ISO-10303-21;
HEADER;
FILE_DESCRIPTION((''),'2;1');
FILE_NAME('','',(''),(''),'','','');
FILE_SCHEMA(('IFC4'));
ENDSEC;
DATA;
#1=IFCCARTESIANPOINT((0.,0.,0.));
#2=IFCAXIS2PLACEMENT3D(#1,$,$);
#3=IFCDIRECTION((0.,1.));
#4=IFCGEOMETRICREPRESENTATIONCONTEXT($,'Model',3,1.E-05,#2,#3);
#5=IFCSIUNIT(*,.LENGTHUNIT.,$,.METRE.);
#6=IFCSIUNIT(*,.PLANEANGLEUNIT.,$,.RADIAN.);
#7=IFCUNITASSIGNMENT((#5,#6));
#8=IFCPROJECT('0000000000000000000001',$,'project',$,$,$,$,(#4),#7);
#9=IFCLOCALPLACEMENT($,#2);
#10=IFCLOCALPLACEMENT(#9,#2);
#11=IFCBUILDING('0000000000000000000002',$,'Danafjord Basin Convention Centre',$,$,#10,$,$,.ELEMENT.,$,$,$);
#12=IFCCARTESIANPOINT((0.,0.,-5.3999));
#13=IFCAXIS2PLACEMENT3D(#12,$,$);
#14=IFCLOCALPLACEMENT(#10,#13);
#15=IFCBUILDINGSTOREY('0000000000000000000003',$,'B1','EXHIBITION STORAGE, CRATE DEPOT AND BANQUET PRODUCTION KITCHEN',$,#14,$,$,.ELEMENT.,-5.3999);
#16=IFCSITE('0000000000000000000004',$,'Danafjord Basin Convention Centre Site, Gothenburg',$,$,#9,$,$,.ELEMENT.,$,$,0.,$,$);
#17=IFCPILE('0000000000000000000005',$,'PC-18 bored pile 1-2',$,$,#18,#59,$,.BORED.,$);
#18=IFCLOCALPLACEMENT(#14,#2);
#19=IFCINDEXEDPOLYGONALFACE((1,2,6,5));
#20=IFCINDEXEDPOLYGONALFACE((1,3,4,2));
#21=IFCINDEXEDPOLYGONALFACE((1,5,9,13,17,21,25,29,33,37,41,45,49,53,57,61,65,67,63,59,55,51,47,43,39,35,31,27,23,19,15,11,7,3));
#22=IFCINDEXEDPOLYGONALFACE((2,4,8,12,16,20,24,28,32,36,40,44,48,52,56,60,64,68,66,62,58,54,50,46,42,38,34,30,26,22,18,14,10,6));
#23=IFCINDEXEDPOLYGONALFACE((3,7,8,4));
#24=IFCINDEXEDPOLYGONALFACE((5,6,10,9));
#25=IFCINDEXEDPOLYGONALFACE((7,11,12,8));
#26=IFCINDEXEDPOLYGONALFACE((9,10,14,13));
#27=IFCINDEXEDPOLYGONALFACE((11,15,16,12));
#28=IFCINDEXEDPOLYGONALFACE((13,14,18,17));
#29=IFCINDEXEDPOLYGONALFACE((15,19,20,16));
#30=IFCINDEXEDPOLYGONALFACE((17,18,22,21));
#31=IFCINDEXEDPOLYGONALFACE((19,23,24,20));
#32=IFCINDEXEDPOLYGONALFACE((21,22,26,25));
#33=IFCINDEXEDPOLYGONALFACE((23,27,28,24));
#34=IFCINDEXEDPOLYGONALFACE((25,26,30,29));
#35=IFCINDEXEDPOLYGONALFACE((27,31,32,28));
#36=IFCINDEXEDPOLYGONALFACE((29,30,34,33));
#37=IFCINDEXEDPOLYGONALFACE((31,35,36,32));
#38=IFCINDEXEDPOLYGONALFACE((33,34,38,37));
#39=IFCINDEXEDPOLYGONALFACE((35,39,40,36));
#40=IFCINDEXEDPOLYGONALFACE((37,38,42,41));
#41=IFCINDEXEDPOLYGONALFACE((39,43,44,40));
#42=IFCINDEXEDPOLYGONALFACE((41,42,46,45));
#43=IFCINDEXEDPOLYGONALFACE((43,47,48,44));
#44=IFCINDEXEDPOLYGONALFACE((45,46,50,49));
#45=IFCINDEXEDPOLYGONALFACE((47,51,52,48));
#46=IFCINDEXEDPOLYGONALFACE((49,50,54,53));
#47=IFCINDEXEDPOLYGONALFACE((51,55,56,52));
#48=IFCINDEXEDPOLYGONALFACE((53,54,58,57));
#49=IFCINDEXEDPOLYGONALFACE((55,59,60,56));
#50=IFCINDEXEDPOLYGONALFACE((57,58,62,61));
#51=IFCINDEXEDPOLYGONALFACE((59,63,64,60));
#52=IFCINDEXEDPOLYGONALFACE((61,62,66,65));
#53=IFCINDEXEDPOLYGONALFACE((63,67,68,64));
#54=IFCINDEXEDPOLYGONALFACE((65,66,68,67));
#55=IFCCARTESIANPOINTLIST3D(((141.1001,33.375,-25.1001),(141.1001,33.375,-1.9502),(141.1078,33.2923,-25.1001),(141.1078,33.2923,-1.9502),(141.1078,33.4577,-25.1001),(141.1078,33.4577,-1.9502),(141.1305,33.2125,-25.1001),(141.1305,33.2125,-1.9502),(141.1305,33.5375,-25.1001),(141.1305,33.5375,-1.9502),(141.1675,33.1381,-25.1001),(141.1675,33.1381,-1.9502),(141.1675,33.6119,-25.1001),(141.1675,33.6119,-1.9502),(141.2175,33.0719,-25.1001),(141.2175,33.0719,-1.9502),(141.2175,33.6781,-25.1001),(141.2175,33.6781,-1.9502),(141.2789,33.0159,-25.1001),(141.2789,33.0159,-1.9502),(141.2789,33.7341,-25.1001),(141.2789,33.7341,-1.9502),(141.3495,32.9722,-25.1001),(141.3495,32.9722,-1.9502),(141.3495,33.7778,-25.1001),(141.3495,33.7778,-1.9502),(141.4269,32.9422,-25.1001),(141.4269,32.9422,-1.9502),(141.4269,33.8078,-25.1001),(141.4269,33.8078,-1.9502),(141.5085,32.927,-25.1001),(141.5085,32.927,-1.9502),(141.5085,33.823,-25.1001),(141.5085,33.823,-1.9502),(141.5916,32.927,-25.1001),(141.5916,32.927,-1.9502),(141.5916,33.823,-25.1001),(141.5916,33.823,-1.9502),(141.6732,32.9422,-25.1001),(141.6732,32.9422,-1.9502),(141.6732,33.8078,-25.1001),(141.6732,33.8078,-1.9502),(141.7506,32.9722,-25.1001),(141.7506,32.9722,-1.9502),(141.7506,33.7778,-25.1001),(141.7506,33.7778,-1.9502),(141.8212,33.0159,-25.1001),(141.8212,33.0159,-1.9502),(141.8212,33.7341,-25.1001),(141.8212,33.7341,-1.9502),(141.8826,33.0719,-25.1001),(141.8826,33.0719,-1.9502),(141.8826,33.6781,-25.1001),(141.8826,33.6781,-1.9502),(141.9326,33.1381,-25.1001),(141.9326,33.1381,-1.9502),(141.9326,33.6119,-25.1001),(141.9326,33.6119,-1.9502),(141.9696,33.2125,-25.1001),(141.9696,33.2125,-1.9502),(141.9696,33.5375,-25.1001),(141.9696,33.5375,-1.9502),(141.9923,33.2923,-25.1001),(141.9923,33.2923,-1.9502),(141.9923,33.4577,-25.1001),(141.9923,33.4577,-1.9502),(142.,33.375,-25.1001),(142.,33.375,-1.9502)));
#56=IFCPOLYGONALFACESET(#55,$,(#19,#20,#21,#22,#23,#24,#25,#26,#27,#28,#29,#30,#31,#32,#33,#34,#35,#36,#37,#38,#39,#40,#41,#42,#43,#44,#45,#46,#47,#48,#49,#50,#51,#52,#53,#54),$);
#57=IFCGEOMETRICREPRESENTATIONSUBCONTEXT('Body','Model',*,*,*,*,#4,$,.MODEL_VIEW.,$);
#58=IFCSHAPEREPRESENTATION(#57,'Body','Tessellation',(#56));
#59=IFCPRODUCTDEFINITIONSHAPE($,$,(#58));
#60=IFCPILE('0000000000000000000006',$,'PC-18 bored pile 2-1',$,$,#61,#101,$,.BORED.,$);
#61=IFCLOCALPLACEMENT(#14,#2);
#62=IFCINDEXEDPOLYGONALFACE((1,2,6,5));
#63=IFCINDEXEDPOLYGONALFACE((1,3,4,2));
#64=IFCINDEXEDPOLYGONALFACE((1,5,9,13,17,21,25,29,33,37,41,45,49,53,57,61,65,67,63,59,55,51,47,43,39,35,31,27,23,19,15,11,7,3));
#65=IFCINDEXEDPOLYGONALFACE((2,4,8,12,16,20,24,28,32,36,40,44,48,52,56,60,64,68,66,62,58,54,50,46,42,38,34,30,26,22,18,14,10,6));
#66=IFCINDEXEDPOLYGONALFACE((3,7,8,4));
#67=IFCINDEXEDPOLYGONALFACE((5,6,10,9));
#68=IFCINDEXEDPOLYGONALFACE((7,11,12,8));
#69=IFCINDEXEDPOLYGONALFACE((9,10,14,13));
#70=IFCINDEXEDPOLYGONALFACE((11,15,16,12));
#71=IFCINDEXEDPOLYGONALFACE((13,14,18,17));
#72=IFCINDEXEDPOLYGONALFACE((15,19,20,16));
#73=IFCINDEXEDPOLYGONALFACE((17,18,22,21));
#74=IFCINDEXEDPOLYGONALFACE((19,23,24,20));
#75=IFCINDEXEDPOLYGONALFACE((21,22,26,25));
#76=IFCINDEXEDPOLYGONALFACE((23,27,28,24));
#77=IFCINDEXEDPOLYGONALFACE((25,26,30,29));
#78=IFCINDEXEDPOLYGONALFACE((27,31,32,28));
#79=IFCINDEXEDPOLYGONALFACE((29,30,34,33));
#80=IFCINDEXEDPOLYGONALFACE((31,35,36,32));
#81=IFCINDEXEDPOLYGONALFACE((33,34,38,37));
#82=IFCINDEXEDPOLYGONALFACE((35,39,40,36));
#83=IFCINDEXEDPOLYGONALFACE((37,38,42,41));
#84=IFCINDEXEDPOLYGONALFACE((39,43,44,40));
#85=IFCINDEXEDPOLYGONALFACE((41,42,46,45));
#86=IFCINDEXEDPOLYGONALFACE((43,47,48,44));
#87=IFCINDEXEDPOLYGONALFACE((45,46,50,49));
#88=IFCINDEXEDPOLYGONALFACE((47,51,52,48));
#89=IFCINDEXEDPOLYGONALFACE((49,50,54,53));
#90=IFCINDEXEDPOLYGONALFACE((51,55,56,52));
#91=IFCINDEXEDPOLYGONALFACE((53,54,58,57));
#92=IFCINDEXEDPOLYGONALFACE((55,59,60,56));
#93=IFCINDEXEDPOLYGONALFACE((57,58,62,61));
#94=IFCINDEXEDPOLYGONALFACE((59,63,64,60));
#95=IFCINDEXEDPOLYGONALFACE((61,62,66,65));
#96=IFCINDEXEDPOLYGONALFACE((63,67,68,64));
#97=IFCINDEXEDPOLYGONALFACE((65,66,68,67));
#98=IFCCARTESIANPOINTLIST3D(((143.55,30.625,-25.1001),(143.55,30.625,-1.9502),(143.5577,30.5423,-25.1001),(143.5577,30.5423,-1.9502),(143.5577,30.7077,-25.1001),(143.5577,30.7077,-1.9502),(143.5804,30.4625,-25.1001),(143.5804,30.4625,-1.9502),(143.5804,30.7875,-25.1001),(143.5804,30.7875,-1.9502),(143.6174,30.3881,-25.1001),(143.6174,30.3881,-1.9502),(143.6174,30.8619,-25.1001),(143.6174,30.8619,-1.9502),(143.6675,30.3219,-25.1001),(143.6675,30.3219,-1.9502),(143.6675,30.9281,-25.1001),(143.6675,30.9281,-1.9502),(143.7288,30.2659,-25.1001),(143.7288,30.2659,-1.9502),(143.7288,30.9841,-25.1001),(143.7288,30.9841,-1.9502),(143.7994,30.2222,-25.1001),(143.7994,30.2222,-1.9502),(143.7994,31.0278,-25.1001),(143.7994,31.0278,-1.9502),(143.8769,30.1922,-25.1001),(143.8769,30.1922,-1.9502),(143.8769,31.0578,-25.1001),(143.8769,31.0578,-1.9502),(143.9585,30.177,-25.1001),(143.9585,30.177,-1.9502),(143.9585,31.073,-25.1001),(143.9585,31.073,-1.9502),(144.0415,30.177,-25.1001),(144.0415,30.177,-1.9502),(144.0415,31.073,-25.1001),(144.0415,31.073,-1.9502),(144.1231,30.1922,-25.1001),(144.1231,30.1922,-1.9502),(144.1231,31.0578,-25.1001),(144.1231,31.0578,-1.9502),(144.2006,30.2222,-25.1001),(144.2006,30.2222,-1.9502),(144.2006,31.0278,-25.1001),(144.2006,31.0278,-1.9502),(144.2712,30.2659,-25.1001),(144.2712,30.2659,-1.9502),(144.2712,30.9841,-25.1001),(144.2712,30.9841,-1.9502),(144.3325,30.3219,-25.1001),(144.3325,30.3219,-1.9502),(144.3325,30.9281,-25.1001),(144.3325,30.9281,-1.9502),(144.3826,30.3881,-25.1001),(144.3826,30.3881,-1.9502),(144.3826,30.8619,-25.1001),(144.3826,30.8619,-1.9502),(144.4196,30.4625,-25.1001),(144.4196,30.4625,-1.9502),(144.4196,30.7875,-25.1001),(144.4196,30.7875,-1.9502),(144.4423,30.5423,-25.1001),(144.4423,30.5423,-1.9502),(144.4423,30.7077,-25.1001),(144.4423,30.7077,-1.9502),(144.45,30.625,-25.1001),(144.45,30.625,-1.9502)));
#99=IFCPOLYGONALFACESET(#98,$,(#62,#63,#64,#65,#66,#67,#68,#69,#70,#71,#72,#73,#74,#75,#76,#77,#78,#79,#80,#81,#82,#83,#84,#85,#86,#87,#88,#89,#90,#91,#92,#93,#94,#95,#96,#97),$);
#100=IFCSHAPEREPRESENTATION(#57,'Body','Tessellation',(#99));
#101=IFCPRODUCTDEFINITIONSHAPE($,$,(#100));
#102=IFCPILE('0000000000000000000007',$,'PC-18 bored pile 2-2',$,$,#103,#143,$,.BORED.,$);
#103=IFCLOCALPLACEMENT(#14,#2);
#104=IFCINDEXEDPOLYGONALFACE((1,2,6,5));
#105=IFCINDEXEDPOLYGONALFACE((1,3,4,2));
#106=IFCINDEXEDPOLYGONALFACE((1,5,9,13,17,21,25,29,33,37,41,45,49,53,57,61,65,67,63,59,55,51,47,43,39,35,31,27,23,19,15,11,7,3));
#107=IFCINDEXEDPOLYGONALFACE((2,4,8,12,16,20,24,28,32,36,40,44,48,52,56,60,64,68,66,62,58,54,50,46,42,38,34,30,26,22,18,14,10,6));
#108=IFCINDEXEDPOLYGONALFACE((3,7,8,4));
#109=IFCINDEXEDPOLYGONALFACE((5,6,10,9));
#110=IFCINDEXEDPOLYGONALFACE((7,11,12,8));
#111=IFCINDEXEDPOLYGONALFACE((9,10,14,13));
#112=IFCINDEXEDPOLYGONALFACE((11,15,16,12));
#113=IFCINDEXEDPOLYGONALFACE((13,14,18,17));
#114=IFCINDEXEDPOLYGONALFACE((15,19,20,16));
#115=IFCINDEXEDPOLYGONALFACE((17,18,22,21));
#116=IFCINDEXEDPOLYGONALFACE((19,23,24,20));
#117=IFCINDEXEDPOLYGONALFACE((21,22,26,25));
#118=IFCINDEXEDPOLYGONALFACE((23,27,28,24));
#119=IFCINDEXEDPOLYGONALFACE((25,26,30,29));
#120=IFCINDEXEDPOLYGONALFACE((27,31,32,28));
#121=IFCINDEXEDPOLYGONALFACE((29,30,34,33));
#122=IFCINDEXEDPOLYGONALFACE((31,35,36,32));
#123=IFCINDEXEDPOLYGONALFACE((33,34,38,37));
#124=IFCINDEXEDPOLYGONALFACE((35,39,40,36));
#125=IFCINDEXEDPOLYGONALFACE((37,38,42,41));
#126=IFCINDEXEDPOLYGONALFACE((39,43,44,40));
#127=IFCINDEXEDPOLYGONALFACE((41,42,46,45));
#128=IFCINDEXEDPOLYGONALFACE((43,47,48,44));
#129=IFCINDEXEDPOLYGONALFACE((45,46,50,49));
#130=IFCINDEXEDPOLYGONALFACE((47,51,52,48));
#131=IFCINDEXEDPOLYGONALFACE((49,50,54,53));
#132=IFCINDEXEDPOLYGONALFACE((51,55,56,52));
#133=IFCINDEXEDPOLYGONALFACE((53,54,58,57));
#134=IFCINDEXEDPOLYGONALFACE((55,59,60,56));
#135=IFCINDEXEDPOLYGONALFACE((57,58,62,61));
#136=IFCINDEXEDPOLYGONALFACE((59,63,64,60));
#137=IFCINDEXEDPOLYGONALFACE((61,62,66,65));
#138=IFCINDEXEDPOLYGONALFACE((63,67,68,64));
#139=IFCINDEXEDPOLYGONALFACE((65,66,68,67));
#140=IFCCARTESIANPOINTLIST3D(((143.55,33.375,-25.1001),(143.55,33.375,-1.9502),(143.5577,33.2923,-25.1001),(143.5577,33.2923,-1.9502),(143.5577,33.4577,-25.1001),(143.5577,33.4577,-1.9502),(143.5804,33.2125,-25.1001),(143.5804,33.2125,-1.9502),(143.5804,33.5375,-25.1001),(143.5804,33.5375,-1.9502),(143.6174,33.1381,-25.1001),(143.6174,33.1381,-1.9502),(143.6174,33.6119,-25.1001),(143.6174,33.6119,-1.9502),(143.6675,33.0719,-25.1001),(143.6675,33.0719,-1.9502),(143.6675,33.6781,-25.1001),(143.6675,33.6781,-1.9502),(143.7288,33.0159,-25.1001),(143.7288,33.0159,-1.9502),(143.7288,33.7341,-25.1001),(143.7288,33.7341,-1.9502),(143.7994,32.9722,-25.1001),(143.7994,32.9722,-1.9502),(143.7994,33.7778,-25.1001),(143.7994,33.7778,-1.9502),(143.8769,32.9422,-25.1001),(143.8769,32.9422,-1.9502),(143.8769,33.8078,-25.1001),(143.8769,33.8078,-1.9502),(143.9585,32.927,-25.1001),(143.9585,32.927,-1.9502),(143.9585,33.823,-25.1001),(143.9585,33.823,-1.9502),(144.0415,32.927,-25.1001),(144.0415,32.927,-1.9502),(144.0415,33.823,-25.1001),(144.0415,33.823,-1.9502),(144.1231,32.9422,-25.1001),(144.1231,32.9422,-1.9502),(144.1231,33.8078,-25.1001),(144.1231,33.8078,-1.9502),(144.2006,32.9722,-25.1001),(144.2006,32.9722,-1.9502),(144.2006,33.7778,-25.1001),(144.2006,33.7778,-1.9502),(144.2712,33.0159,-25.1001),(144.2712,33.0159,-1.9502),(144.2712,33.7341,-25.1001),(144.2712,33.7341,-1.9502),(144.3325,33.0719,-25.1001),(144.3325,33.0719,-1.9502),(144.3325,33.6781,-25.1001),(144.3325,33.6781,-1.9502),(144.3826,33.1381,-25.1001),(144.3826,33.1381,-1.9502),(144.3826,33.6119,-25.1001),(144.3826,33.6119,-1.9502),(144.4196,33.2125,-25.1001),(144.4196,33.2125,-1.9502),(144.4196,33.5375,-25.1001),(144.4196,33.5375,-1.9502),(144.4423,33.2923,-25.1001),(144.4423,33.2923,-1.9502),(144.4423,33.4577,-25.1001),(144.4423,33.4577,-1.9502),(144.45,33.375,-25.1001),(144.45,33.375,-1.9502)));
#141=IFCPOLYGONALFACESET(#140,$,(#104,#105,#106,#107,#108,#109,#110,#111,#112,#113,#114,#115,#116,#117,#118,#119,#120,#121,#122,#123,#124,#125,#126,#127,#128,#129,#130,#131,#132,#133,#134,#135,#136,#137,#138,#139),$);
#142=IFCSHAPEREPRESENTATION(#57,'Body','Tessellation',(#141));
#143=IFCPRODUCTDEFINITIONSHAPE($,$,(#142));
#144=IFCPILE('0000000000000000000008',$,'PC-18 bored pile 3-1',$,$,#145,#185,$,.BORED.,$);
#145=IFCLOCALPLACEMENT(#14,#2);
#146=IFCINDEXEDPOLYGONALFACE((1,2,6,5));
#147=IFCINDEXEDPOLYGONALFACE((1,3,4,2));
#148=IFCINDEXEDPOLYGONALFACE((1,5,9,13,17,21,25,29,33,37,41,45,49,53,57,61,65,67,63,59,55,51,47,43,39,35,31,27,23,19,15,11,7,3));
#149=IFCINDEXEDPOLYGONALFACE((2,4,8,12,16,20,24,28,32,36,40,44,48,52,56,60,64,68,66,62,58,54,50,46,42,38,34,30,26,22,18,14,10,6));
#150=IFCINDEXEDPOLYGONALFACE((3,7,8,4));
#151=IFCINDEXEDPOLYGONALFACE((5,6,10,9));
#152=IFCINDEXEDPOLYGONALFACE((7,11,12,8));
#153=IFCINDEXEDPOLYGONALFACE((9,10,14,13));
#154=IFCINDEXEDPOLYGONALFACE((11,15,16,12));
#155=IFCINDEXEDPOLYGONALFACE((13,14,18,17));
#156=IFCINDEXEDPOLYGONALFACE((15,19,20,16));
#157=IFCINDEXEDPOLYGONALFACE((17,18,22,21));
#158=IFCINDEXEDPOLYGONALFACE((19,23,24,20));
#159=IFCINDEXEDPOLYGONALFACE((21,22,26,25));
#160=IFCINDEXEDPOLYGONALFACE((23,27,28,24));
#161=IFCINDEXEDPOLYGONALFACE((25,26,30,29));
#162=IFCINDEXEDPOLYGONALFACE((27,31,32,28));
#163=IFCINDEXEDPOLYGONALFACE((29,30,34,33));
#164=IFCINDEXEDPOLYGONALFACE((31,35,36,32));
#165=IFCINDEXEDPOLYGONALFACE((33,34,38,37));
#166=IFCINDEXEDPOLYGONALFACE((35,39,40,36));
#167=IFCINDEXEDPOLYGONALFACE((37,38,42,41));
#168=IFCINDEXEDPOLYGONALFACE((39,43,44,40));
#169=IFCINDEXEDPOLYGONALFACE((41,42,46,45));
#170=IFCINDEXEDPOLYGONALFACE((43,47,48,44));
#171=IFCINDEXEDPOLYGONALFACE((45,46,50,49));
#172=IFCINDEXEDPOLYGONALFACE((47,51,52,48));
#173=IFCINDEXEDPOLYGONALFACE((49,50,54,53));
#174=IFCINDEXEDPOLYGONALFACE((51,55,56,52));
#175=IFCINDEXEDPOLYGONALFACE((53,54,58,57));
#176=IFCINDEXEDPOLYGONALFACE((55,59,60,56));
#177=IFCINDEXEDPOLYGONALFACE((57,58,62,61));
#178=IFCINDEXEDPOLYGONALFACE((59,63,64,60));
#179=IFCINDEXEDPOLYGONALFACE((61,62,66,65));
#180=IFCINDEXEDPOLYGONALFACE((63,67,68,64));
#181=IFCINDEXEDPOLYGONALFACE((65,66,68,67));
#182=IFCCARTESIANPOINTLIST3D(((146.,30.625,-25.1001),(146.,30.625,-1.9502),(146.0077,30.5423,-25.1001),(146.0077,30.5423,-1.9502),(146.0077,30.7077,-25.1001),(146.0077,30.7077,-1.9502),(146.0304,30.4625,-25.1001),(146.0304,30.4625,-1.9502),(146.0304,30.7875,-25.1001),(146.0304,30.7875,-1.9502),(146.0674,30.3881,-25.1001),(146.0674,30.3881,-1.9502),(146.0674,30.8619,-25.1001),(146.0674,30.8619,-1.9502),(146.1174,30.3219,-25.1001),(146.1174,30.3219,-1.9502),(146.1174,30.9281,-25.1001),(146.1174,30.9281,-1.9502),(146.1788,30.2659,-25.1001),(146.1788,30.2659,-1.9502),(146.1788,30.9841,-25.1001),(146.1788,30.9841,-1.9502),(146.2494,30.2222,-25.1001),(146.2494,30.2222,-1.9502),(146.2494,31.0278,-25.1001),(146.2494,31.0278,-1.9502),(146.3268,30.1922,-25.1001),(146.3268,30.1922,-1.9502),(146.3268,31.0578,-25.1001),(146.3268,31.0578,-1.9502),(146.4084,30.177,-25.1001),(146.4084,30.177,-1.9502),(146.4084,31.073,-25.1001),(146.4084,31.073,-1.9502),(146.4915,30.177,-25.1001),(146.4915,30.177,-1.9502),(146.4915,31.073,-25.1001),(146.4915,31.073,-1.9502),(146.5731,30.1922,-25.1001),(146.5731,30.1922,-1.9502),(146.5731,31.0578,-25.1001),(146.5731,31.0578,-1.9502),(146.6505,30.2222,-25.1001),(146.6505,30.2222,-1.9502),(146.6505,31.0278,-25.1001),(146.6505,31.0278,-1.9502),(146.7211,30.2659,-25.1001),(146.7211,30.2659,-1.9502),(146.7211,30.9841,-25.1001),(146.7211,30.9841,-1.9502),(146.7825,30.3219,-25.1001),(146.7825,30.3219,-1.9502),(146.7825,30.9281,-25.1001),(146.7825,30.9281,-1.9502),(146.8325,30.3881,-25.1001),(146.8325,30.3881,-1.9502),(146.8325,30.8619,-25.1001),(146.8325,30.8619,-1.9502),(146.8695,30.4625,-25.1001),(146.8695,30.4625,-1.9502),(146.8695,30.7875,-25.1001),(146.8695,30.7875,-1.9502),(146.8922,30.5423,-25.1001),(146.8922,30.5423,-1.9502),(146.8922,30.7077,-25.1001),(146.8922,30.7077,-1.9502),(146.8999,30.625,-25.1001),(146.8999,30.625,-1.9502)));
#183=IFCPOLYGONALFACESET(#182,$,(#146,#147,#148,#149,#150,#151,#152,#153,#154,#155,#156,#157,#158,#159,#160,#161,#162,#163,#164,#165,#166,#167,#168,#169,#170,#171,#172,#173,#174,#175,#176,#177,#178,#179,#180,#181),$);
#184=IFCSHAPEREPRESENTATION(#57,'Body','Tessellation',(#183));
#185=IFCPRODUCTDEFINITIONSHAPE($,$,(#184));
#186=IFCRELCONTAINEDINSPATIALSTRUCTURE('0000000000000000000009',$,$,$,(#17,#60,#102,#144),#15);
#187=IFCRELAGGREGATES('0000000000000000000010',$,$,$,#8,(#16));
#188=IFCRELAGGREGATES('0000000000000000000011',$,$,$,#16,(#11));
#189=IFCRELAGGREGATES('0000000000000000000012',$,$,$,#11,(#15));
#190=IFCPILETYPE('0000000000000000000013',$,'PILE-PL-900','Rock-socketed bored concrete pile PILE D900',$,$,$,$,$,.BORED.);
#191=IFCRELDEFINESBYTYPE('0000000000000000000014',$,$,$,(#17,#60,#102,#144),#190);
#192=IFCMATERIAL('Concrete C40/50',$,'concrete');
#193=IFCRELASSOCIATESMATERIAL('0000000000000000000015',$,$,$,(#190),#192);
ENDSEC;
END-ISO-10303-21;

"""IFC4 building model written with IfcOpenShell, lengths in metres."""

from ifc_helpers import new_model, si_unit, direction, frame, origin, origin_2d, place, context, subcontext, project, spatial, circle, extrude, material, material_profile, profile_set, type_object, element, save


model = new_model("IFC4")

# Units and contexts
model_context = context("Model", 3, precision=1e-05, world=origin(), true_north=direction((0.0, 1.0)))
body_context = subcontext(model_context, "Body", "Model", "MODEL_VIEW")
ifc_project = project(units=[si_unit("LENGTHUNIT", "METRE"), si_unit("PLANEANGLEUNIT", "RADIAN")], contexts=[model_context])

# Site, building, storey
site_placement = place(None, origin())
site = spatial("IfcSite", under=ifc_project, at=site_placement, Name="Danafjord Basin Convention Centre Site, Gothenburg", CompositionType="ELEMENT", RefElevation=0.0)
building_placement = place(site_placement, origin())
building = spatial("IfcBuilding", under=site, at=building_placement, Name="Danafjord Basin Convention Centre", CompositionType="ELEMENT")
storey_placement = place(building_placement, frame((0.0, 0.0, -5.3999)))
storey = spatial("IfcBuildingStorey", under=building, at=storey_placement, Name="B1", Description="EXHIBITION STORAGE, CRATE DEPOT AND BANQUET PRODUCTION KITCHEN", CompositionType="ELEMENT", Elevation=-5.3999)

# Shared definitions
ifc_material_1 = material(Name="Concrete C40/50", Category="concrete")

# Piles
ifc_material_profile_1 = material_profile(ifc_material_1, circle(Radius=0.45, at=origin_2d()), Name="PILE D900")
ifc_profile_set_1 = profile_set([ifc_material_profile_1], Name="Concrete C40/50")
pile_type_1 = type_object("IfcPileType", Name="PILE-PL-900", Description="Rock-socketed bored concrete pile PILE D900", PredefinedType="BORED", material=ifc_profile_set_1)
for number, where, z_axis, x_axis, name in (
    (1, (141.55, 33.375, -1.9502), (0.0, 0.0, -1.0), (1.0, 0.0, 0.0), "PC-18 bored pile 1-2"),
    (2, (144.0, 30.625, -1.9502), (0.0, 0.0, -1.0), (1.0, 0.0, 0.0), "PC-18 bored pile 2-1"),
    (3, (144.0, 33.375, -1.9502), (0.0, 0.0, -1.0), (1.0, 0.0, 0.0), "PC-18 bored pile 2-2"),
    (4, (146.45, 30.625, -1.9502), (0.0, 0.0, -1.0), (1.0, 0.0, 0.0), "PC-18 bored pile 3-1"),
):
    element("IfcPile", number, at=place(storey_placement, frame(where, z_axis=z_axis, x_axis=x_axis)), inside=storey, type_object=pile_type_1, Name=name, PredefinedType="BORED", context=body_context, shape_type="SweptSolid", body=[
        extrude(circle(Radius=0.45, at=origin_2d()), origin(), (0.0, 0.0, 1.0), 23.1499),
    ])

save(model, "model.ifc")
